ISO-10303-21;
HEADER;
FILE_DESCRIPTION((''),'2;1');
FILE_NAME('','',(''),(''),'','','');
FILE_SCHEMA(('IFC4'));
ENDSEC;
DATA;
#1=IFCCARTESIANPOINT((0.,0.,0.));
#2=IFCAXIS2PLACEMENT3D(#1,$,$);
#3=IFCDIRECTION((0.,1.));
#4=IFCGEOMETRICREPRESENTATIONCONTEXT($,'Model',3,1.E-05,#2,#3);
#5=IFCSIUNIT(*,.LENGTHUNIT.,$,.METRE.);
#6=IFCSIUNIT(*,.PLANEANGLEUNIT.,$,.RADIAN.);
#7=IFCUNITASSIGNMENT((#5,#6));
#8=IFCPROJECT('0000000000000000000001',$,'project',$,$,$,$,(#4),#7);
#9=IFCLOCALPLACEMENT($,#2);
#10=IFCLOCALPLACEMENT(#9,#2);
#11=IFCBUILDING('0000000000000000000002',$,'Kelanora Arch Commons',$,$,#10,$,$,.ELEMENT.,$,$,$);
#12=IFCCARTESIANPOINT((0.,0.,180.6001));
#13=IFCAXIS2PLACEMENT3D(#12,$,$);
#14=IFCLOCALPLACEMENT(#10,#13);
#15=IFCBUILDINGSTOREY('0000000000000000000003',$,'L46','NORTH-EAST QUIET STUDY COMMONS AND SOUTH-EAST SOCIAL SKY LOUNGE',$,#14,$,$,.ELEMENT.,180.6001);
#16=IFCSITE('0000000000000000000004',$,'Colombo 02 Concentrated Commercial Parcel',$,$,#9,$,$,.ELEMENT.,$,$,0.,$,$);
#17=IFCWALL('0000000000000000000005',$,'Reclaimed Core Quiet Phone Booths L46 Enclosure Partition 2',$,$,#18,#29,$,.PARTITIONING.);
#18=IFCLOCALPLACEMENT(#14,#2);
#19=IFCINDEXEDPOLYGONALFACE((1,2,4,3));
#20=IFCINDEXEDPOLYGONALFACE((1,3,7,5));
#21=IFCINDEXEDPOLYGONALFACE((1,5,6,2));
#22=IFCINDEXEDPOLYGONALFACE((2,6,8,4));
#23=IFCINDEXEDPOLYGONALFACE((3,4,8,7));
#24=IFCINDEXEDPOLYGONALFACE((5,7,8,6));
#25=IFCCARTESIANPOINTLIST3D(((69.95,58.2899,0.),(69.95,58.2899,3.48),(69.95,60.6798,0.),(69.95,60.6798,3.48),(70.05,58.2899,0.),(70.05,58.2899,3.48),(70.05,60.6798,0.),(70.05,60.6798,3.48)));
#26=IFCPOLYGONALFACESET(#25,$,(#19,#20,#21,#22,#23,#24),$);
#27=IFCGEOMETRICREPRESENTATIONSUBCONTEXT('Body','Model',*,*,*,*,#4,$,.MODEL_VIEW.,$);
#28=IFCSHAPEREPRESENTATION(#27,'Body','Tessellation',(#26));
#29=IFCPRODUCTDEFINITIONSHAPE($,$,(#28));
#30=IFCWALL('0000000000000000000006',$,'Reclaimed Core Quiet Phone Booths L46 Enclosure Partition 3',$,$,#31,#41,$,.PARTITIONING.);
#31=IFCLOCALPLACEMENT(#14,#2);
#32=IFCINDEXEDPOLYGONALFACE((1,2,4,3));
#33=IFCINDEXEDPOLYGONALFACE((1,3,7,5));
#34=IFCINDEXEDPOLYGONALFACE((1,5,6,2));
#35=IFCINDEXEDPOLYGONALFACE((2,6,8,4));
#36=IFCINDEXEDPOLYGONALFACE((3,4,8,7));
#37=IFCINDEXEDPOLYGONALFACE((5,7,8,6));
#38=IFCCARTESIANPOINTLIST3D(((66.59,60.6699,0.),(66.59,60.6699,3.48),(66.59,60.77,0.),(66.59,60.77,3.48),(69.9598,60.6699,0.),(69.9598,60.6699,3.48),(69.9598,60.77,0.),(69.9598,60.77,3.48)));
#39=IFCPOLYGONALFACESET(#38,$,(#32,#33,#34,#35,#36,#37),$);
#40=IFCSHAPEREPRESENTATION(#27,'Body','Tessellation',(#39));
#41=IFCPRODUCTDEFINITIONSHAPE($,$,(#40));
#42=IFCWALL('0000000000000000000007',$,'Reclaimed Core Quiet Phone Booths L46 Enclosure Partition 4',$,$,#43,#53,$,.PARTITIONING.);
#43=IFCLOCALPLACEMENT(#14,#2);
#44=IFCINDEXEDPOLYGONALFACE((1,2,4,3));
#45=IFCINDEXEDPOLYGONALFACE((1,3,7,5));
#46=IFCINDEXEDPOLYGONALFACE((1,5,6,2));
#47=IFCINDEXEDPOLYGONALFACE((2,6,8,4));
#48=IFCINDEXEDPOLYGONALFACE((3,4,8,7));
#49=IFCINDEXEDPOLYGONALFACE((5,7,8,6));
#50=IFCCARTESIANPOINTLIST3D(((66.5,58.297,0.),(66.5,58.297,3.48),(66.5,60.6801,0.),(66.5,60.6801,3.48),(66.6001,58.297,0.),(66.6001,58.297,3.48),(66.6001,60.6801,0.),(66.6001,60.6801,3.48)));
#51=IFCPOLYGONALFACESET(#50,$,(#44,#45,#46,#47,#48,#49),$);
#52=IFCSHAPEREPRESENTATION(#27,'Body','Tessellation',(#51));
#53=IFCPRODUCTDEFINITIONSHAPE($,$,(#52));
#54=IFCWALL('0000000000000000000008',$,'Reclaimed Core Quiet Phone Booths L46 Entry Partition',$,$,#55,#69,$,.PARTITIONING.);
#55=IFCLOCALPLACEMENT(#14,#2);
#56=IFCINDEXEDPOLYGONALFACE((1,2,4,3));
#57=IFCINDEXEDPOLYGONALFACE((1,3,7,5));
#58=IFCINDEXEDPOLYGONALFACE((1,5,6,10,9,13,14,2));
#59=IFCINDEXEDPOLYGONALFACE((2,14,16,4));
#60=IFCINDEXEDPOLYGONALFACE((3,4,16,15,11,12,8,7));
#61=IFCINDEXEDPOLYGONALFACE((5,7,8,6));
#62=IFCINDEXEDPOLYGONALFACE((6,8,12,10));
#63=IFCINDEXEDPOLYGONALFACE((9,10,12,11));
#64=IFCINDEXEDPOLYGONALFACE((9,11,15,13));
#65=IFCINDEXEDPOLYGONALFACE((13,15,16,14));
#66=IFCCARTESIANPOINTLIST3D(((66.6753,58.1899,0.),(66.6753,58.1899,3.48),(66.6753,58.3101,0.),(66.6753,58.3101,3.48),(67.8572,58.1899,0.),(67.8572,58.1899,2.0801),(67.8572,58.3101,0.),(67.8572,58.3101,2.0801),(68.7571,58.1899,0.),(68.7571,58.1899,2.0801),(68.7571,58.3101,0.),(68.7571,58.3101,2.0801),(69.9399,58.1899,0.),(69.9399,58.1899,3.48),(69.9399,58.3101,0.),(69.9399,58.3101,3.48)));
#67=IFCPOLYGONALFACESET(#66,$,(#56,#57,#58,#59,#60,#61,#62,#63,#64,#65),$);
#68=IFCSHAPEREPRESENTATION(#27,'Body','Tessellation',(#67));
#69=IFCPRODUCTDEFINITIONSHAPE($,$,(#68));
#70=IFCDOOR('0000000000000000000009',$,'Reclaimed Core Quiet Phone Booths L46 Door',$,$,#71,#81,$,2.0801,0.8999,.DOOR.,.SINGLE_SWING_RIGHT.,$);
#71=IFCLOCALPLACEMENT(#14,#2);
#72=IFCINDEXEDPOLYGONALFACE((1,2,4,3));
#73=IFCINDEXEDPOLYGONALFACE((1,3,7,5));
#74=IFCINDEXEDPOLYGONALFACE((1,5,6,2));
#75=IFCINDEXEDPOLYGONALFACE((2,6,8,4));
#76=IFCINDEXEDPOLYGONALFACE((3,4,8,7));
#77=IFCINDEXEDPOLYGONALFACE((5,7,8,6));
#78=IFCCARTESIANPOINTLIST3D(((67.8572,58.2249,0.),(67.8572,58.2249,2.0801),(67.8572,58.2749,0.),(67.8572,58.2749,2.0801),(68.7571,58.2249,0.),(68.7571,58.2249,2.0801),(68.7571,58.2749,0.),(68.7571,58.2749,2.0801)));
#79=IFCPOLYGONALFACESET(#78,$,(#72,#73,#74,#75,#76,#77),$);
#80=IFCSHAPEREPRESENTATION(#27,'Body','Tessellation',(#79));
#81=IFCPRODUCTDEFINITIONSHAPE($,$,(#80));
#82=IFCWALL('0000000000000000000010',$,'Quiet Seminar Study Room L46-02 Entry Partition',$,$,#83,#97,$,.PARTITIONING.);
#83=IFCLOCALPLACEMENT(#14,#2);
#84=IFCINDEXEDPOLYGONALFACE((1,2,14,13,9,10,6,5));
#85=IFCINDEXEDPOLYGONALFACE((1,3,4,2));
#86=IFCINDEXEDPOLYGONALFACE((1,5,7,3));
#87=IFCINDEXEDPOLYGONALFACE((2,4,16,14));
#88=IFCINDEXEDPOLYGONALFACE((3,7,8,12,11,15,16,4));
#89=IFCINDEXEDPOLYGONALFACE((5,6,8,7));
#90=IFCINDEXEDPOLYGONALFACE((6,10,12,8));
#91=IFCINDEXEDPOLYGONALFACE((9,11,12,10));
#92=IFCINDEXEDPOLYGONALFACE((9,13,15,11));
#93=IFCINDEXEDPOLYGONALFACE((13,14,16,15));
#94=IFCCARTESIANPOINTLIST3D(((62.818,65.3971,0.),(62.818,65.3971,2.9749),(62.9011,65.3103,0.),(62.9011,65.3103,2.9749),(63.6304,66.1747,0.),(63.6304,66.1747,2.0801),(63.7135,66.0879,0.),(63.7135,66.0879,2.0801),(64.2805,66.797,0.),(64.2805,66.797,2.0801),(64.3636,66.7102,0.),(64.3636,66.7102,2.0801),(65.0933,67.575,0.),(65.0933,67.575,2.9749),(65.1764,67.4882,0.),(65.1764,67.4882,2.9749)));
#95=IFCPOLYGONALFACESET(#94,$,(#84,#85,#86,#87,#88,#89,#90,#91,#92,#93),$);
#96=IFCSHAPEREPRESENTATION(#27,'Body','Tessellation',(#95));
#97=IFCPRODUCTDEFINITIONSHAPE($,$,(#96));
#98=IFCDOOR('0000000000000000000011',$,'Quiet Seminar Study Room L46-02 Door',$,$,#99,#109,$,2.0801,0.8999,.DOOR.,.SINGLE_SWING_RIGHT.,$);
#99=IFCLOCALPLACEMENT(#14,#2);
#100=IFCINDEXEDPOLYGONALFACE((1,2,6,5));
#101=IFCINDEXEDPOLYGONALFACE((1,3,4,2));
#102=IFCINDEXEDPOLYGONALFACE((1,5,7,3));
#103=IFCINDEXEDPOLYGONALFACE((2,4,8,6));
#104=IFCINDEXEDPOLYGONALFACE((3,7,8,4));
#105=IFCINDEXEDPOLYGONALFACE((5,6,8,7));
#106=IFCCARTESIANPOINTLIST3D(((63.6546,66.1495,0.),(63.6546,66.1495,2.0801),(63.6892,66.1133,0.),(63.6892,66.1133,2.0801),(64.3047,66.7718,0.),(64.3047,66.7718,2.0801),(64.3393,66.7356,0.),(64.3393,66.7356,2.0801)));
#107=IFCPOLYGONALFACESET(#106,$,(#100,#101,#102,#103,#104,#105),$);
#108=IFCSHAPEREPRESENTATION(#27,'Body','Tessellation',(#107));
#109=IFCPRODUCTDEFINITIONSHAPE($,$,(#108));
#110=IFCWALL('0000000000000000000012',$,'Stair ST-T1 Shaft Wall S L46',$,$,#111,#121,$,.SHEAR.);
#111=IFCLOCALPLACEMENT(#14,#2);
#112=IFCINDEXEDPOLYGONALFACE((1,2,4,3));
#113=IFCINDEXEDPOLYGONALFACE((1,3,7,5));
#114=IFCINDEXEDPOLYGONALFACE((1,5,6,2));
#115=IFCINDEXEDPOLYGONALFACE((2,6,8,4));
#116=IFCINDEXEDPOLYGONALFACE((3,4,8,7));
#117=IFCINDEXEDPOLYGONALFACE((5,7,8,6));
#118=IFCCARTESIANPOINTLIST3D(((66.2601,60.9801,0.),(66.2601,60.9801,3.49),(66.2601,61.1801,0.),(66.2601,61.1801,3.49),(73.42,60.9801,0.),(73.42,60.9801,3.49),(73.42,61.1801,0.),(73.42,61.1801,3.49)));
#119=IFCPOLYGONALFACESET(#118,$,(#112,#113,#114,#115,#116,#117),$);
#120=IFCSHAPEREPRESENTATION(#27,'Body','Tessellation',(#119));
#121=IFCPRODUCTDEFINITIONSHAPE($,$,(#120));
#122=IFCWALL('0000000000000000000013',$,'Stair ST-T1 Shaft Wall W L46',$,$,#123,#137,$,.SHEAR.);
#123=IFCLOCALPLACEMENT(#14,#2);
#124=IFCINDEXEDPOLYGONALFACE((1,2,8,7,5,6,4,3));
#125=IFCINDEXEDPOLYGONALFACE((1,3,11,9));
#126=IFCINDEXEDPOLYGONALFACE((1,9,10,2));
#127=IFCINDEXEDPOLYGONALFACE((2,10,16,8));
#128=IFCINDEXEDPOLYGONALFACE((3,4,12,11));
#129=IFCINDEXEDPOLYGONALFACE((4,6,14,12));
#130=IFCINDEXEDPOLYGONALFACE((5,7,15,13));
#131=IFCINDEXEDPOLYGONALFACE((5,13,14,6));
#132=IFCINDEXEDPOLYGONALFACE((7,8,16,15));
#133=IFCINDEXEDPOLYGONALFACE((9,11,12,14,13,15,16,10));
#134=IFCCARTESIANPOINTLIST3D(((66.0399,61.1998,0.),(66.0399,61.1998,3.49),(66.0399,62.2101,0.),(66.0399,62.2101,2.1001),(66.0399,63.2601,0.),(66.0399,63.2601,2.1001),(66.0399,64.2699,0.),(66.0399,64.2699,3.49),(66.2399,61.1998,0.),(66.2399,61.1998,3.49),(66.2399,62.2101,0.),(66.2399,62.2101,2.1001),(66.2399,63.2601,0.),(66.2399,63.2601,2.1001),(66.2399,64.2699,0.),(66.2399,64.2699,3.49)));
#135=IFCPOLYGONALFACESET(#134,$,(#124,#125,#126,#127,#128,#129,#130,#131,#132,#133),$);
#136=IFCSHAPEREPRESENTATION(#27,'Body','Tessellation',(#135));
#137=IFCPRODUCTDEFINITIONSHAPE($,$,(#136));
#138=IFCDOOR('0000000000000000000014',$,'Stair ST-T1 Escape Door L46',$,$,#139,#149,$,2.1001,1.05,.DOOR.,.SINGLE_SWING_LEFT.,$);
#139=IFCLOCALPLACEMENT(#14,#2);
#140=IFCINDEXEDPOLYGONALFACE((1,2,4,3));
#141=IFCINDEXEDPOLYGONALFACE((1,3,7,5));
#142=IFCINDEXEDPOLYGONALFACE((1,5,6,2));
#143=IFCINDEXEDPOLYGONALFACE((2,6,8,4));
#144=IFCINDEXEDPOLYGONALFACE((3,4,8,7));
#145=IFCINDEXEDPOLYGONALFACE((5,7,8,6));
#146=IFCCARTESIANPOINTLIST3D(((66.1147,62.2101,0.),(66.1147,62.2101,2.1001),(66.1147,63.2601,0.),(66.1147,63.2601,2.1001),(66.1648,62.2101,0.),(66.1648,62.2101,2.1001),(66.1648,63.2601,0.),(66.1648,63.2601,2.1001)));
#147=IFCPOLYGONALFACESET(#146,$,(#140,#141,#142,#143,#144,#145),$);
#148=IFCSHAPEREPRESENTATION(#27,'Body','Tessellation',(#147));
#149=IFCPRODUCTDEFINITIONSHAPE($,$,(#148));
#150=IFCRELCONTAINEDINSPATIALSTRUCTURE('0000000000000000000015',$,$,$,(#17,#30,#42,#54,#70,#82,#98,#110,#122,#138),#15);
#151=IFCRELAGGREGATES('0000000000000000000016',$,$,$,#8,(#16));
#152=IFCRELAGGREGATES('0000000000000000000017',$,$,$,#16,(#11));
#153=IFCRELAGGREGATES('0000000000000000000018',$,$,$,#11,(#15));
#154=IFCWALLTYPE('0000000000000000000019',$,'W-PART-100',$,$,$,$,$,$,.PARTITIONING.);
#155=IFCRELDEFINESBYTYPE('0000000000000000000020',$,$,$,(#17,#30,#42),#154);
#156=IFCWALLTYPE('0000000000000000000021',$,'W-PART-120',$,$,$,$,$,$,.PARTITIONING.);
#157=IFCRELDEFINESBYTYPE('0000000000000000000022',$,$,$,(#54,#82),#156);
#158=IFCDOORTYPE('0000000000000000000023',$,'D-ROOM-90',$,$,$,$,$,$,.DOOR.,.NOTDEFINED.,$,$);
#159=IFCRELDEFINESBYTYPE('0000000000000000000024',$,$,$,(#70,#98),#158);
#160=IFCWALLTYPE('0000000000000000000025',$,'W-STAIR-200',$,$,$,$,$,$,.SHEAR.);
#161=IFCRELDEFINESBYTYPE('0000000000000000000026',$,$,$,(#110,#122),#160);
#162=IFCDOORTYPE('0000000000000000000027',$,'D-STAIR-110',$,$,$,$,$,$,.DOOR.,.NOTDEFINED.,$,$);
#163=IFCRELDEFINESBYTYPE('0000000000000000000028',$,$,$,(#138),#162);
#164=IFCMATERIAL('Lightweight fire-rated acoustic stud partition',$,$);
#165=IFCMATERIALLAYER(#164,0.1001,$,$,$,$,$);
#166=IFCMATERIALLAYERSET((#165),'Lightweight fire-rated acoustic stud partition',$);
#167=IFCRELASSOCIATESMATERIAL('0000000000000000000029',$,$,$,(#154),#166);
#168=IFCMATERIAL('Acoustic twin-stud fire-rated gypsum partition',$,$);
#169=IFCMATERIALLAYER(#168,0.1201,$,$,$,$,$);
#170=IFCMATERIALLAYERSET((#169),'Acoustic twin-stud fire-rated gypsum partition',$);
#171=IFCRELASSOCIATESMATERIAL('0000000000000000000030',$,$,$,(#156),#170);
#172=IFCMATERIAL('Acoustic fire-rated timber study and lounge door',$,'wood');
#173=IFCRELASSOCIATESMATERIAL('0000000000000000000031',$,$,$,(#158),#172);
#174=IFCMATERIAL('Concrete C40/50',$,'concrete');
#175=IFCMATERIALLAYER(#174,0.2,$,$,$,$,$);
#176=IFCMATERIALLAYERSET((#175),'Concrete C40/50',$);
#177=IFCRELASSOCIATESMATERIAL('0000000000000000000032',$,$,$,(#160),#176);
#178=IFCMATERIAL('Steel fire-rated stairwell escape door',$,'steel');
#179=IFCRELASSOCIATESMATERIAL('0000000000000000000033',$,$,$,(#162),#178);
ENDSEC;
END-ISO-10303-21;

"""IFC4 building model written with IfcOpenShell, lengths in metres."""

from ifc_helpers import new_model, si_unit, direction, frame, frame_2d, origin, place, context, subcontext, project, spatial, rectangle, extrude, material, layer, layer_set, type_object, element, fill, save


model = new_model("IFC4")

# Units and contexts
model_context = context("Model", 3, precision=1e-05, world=origin(), true_north=direction((0.0, 1.0)))
body_context = subcontext(model_context, "Body", "Model", "MODEL_VIEW")
ifc_project = project(units=[si_unit("LENGTHUNIT", "METRE"), si_unit("PLANEANGLEUNIT", "RADIAN")], contexts=[model_context])

# Site, building, storey
site_placement = place(None, origin())
site = spatial("IfcSite", under=ifc_project, at=site_placement, Name="Colombo 02 Concentrated Commercial Parcel", CompositionType="ELEMENT", RefElevation=0.0)
building_placement = place(site_placement, origin())
building = spatial("IfcBuilding", under=site, at=building_placement, Name="Kelanora Arch Commons", CompositionType="ELEMENT")
storey_placement = place(building_placement, frame((0.0, 0.0, 180.6001)))
storey = spatial("IfcBuildingStorey", under=building, at=storey_placement, Name="L46", Description="NORTH-EAST QUIET STUDY COMMONS AND SOUTH-EAST SOCIAL SKY LOUNGE", CompositionType="ELEMENT", Elevation=180.6001)

# Walls
ifc_material_1 = material(Name="Lightweight fire-rated acoustic stud partition")
ifc_layer_1 = layer(ifc_material_1, 0.1001)
ifc_layer_set_1 = layer_set([ifc_layer_1], Name="Lightweight fire-rated acoustic stud partition")
wall_type_1 = type_object("IfcWallType", Name="W-PART-100", PredefinedType="PARTITIONING", material=ifc_layer_set_1)
wall_1_placement = place(storey_placement, frame((70.0, 58.29, 0.0), z_axis=(0.0, 0.0, 1.0), x_axis=(0.0, 1.0, 0.0)))
element("IfcWall", 1, at=wall_1_placement, inside=storey, type_object=wall_type_1, Name="Reclaimed Core Quiet Phone Booths L46 Enclosure Partition 2", PredefinedType="PARTITIONING", context=body_context, shape_type="SweptSolid", body=[
    extrude(rectangle(XDim=2.3899, YDim=0.1001, at=frame_2d((1.1948, 0.0))), origin(), (0.0, 0.0, 1.0), 3.48),
])
wall_2_placement = place(storey_placement, frame((69.96, 60.72, 0.0), z_axis=(0.0, 0.0, 1.0), x_axis=(-1.0, 0.0, 0.0)))
element("IfcWall", 2, at=wall_2_placement, inside=storey, type_object=wall_type_1, Name="Reclaimed Core Quiet Phone Booths L46 Enclosure Partition 3", PredefinedType="PARTITIONING", context=body_context, shape_type="SweptSolid", body=[
    extrude(rectangle(XDim=3.3699, YDim=0.1001, at=frame_2d((1.6851, 0.0))), origin(), (0.0, 0.0, 1.0), 3.48),
])
wall_3_placement = place(storey_placement, frame((66.55, 60.6799, 0.0), z_axis=(0.0, 0.0, 1.0), x_axis=(0.0, -1.0, 0.0)))
element("IfcWall", 3, at=wall_3_placement, inside=storey, type_object=wall_type_1, Name="Reclaimed Core Quiet Phone Booths L46 Enclosure Partition 4", PredefinedType="PARTITIONING", context=body_context, shape_type="SweptSolid", body=[
    extrude(rectangle(XDim=2.3831, YDim=0.1001, at=frame_2d((1.1914, 0.0))), origin(), (0.0, 0.0, 1.0), 3.48),
])

# Walls, openings, doors
ifc_material_2 = material(Name="Acoustic twin-stud fire-rated gypsum partition")
ifc_layer_2 = layer(ifc_material_2, 0.1201)
ifc_layer_set_2 = layer_set([ifc_layer_2], Name="Acoustic twin-stud fire-rated gypsum partition")
wall_type_2 = type_object("IfcWallType", Name="W-PART-120", PredefinedType="PARTITIONING", material=ifc_layer_set_2)
wall_4_placement = place(storey_placement, frame((66.6753, 58.25, 0.0), z_axis=(0.0, 0.0, 1.0), x_axis=(1.0, 0.0, 0.0)))
wall_4 = element("IfcWall", 4, at=wall_4_placement, inside=storey, type_object=wall_type_2, Name="Reclaimed Core Quiet Phone Booths L46 Entry Partition", PredefinedType="PARTITIONING", context=body_context, shape_type="SweptSolid", body=[
    extrude(rectangle(XDim=3.2646, YDim=0.1201, at=frame_2d((1.6323, 0.0))), origin(), (0.0, 0.0, 1.0), 3.48),
])
opening_1_placement = place(wall_4_placement, frame((1.1819, 0.0, 0.0)))
opening_1 = element("IfcOpeningElement", 5, at=opening_1_placement, cuts=wall_4, PredefinedType="OPENING", context=body_context, shape_type="SweptSolid", body=[
    extrude(rectangle(XDim=0.8999, YDim=2.0801, at=frame_2d((0.45, 1.04))), frame((0.0, 0.0701, 0.0), z_axis=(0.0, -1.0, 0.0), x_axis=(1.0, 0.0, 0.0)), (0.0, 0.0, 1.0), 0.1401),
])
ifc_material_3 = material(Name="Acoustic fire-rated timber study and lounge door", Category="wood")
door_type_1 = type_object("IfcDoorType", Name="D-ROOM-90", OperationType="NOTDEFINED", PredefinedType="DOOR", material=ifc_material_3)
door_1_placement = place(opening_1_placement, origin())
door_1 = element("IfcDoor", 6, at=door_1_placement, inside=storey, type_object=door_type_1, Name="Reclaimed Core Quiet Phone Booths L46 Door", OperationType="SINGLE_SWING_RIGHT", OverallHeight=2.0801, OverallWidth=0.8999, PredefinedType="DOOR", context=body_context, shape_type="SweptSolid", body=[
    extrude(rectangle(XDim=0.8999, YDim=2.0801, at=frame_2d((0.45, 1.04))), frame((0.0, 0.0249, 0.0), z_axis=(0.0, -1.0, 0.0), x_axis=(1.0, 0.0, 0.0)), (0.0, 0.0, 1.0), 0.05),
])
fill(opening_1, door_1)
wall_5_placement = place(storey_placement, frame((65.1348, 67.5315, 0.0), z_axis=(0.0, 0.0, 1.0), x_axis=(-0.722401, -0.691474, 0.0)))
wall_5 = element("IfcWall", 7, at=wall_5_placement, inside=storey, type_object=wall_type_2, Name="Quiet Seminar Study Room L46-02 Entry Partition", PredefinedType="PARTITIONING", context=body_context, shape_type="SweptSolid", body=[
    extrude(rectangle(XDim=3.1497, YDim=0.1201, at=frame_2d((1.5747, 0.0))), origin(), (0.0, 0.0, 1.0), 2.9749),
])
opening_2_placement = place(wall_5_placement, frame((1.125, 0.0, 0.0)))
opening_2 = element("IfcOpeningElement", 8, at=opening_2_placement, cuts=wall_5, PredefinedType="OPENING", context=body_context, shape_type="SweptSolid", body=[
    extrude(rectangle(XDim=0.8999, YDim=2.0801, at=frame_2d((0.45, 1.04))), frame((0.0, 0.0701, 0.0), z_axis=(0.0, -1.0, 0.0), x_axis=(1.0, 0.0, 0.0)), (0.0, 0.0, 1.0), 0.1401),
])
door_2_placement = place(opening_2_placement, origin())
door_2 = element("IfcDoor", 9, at=door_2_placement, inside=storey, type_object=door_type_1, Name="Quiet Seminar Study Room L46-02 Door", OperationType="SINGLE_SWING_RIGHT", OverallHeight=2.0801, OverallWidth=0.8999, PredefinedType="DOOR", context=body_context, shape_type="SweptSolid", body=[
    extrude(rectangle(XDim=0.8999, YDim=2.0801, at=frame_2d((0.45, 1.04))), frame((0.0, 0.0249, 0.0), z_axis=(0.0, -1.0, 0.0), x_axis=(1.0, 0.0, 0.0)), (0.0, 0.0, 1.0), 0.05),
])
fill(opening_2, door_2)

# Wall
ifc_material_4 = material(Name="Concrete C40/50", Category="concrete")
ifc_layer_3 = layer(ifc_material_4, 0.2)
ifc_layer_set_3 = layer_set([ifc_layer_3], Name="Concrete C40/50")
wall_type_3 = type_object("IfcWallType", Name="W-STAIR-200", PredefinedType="SHEAR", material=ifc_layer_set_3)
wall_6_placement = place(storey_placement, frame((66.26, 61.0801, 0.0), z_axis=(0.0, 0.0, 1.0), x_axis=(1.0, 0.0, 0.0)))
element("IfcWall", 10, at=wall_6_placement, inside=storey, type_object=wall_type_3, Name="Stair ST-T1 Shaft Wall S L46", PredefinedType="SHEAR", context=body_context, shape_type="SweptSolid", body=[
    extrude(rectangle(XDim=7.1599, YDim=0.2, at=frame_2d((3.5801, 0.0))), origin(), (0.0, 0.0, 1.0), 3.49),
])

# Wall, opening, door
wall_7_placement = place(storey_placement, frame((66.1399, 64.27, 0.0), z_axis=(0.0, 0.0, 1.0), x_axis=(0.0, -1.0, 0.0)))
wall_7 = element("IfcWall", 11, at=wall_7_placement, inside=storey, type_object=wall_type_3, Name="Stair ST-T1 Shaft Wall W L46", PredefinedType="SHEAR", context=body_context, shape_type="SweptSolid", body=[
    extrude(rectangle(XDim=3.0701, YDim=0.2, at=frame_2d((1.5352, 0.0))), origin(), (0.0, 0.0, 1.0), 3.49),
])
opening_3_placement = place(wall_7_placement, frame((1.01, 0.0, 0.0)))
opening_3 = element("IfcOpeningElement", 12, at=opening_3_placement, cuts=wall_7, PredefinedType="OPENING", context=body_context, shape_type="SweptSolid", body=[
    extrude(rectangle(XDim=1.05, YDim=2.1001, at=frame_2d((0.5249, 1.05))), frame((0.0, 0.1099, 0.0), z_axis=(0.0, -1.0, 0.0), x_axis=(1.0, 0.0, 0.0)), (0.0, 0.0, 1.0), 0.22),
])
ifc_material_5 = material(Name="Steel fire-rated stairwell escape door", Category="steel")
door_type_2 = type_object("IfcDoorType", Name="D-STAIR-110", OperationType="NOTDEFINED", PredefinedType="DOOR", material=ifc_material_5)
door_3_placement = place(opening_3_placement, origin())
door_3 = element("IfcDoor", 13, at=door_3_placement, inside=storey, type_object=door_type_2, Name="Stair ST-T1 Escape Door L46", OperationType="SINGLE_SWING_LEFT", OverallHeight=2.1001, OverallWidth=1.05, PredefinedType="DOOR", context=body_context, shape_type="SweptSolid", body=[
    extrude(rectangle(XDim=1.05, YDim=2.1001, at=frame_2d((0.5249, 1.05))), frame((0.0, 0.0249, 0.0), z_axis=(0.0, -1.0, 0.0), x_axis=(1.0, 0.0, 0.0)), (0.0, 0.0, 1.0), 0.05),
])
fill(opening_3, door_3)

save(model, "model.ifc")
